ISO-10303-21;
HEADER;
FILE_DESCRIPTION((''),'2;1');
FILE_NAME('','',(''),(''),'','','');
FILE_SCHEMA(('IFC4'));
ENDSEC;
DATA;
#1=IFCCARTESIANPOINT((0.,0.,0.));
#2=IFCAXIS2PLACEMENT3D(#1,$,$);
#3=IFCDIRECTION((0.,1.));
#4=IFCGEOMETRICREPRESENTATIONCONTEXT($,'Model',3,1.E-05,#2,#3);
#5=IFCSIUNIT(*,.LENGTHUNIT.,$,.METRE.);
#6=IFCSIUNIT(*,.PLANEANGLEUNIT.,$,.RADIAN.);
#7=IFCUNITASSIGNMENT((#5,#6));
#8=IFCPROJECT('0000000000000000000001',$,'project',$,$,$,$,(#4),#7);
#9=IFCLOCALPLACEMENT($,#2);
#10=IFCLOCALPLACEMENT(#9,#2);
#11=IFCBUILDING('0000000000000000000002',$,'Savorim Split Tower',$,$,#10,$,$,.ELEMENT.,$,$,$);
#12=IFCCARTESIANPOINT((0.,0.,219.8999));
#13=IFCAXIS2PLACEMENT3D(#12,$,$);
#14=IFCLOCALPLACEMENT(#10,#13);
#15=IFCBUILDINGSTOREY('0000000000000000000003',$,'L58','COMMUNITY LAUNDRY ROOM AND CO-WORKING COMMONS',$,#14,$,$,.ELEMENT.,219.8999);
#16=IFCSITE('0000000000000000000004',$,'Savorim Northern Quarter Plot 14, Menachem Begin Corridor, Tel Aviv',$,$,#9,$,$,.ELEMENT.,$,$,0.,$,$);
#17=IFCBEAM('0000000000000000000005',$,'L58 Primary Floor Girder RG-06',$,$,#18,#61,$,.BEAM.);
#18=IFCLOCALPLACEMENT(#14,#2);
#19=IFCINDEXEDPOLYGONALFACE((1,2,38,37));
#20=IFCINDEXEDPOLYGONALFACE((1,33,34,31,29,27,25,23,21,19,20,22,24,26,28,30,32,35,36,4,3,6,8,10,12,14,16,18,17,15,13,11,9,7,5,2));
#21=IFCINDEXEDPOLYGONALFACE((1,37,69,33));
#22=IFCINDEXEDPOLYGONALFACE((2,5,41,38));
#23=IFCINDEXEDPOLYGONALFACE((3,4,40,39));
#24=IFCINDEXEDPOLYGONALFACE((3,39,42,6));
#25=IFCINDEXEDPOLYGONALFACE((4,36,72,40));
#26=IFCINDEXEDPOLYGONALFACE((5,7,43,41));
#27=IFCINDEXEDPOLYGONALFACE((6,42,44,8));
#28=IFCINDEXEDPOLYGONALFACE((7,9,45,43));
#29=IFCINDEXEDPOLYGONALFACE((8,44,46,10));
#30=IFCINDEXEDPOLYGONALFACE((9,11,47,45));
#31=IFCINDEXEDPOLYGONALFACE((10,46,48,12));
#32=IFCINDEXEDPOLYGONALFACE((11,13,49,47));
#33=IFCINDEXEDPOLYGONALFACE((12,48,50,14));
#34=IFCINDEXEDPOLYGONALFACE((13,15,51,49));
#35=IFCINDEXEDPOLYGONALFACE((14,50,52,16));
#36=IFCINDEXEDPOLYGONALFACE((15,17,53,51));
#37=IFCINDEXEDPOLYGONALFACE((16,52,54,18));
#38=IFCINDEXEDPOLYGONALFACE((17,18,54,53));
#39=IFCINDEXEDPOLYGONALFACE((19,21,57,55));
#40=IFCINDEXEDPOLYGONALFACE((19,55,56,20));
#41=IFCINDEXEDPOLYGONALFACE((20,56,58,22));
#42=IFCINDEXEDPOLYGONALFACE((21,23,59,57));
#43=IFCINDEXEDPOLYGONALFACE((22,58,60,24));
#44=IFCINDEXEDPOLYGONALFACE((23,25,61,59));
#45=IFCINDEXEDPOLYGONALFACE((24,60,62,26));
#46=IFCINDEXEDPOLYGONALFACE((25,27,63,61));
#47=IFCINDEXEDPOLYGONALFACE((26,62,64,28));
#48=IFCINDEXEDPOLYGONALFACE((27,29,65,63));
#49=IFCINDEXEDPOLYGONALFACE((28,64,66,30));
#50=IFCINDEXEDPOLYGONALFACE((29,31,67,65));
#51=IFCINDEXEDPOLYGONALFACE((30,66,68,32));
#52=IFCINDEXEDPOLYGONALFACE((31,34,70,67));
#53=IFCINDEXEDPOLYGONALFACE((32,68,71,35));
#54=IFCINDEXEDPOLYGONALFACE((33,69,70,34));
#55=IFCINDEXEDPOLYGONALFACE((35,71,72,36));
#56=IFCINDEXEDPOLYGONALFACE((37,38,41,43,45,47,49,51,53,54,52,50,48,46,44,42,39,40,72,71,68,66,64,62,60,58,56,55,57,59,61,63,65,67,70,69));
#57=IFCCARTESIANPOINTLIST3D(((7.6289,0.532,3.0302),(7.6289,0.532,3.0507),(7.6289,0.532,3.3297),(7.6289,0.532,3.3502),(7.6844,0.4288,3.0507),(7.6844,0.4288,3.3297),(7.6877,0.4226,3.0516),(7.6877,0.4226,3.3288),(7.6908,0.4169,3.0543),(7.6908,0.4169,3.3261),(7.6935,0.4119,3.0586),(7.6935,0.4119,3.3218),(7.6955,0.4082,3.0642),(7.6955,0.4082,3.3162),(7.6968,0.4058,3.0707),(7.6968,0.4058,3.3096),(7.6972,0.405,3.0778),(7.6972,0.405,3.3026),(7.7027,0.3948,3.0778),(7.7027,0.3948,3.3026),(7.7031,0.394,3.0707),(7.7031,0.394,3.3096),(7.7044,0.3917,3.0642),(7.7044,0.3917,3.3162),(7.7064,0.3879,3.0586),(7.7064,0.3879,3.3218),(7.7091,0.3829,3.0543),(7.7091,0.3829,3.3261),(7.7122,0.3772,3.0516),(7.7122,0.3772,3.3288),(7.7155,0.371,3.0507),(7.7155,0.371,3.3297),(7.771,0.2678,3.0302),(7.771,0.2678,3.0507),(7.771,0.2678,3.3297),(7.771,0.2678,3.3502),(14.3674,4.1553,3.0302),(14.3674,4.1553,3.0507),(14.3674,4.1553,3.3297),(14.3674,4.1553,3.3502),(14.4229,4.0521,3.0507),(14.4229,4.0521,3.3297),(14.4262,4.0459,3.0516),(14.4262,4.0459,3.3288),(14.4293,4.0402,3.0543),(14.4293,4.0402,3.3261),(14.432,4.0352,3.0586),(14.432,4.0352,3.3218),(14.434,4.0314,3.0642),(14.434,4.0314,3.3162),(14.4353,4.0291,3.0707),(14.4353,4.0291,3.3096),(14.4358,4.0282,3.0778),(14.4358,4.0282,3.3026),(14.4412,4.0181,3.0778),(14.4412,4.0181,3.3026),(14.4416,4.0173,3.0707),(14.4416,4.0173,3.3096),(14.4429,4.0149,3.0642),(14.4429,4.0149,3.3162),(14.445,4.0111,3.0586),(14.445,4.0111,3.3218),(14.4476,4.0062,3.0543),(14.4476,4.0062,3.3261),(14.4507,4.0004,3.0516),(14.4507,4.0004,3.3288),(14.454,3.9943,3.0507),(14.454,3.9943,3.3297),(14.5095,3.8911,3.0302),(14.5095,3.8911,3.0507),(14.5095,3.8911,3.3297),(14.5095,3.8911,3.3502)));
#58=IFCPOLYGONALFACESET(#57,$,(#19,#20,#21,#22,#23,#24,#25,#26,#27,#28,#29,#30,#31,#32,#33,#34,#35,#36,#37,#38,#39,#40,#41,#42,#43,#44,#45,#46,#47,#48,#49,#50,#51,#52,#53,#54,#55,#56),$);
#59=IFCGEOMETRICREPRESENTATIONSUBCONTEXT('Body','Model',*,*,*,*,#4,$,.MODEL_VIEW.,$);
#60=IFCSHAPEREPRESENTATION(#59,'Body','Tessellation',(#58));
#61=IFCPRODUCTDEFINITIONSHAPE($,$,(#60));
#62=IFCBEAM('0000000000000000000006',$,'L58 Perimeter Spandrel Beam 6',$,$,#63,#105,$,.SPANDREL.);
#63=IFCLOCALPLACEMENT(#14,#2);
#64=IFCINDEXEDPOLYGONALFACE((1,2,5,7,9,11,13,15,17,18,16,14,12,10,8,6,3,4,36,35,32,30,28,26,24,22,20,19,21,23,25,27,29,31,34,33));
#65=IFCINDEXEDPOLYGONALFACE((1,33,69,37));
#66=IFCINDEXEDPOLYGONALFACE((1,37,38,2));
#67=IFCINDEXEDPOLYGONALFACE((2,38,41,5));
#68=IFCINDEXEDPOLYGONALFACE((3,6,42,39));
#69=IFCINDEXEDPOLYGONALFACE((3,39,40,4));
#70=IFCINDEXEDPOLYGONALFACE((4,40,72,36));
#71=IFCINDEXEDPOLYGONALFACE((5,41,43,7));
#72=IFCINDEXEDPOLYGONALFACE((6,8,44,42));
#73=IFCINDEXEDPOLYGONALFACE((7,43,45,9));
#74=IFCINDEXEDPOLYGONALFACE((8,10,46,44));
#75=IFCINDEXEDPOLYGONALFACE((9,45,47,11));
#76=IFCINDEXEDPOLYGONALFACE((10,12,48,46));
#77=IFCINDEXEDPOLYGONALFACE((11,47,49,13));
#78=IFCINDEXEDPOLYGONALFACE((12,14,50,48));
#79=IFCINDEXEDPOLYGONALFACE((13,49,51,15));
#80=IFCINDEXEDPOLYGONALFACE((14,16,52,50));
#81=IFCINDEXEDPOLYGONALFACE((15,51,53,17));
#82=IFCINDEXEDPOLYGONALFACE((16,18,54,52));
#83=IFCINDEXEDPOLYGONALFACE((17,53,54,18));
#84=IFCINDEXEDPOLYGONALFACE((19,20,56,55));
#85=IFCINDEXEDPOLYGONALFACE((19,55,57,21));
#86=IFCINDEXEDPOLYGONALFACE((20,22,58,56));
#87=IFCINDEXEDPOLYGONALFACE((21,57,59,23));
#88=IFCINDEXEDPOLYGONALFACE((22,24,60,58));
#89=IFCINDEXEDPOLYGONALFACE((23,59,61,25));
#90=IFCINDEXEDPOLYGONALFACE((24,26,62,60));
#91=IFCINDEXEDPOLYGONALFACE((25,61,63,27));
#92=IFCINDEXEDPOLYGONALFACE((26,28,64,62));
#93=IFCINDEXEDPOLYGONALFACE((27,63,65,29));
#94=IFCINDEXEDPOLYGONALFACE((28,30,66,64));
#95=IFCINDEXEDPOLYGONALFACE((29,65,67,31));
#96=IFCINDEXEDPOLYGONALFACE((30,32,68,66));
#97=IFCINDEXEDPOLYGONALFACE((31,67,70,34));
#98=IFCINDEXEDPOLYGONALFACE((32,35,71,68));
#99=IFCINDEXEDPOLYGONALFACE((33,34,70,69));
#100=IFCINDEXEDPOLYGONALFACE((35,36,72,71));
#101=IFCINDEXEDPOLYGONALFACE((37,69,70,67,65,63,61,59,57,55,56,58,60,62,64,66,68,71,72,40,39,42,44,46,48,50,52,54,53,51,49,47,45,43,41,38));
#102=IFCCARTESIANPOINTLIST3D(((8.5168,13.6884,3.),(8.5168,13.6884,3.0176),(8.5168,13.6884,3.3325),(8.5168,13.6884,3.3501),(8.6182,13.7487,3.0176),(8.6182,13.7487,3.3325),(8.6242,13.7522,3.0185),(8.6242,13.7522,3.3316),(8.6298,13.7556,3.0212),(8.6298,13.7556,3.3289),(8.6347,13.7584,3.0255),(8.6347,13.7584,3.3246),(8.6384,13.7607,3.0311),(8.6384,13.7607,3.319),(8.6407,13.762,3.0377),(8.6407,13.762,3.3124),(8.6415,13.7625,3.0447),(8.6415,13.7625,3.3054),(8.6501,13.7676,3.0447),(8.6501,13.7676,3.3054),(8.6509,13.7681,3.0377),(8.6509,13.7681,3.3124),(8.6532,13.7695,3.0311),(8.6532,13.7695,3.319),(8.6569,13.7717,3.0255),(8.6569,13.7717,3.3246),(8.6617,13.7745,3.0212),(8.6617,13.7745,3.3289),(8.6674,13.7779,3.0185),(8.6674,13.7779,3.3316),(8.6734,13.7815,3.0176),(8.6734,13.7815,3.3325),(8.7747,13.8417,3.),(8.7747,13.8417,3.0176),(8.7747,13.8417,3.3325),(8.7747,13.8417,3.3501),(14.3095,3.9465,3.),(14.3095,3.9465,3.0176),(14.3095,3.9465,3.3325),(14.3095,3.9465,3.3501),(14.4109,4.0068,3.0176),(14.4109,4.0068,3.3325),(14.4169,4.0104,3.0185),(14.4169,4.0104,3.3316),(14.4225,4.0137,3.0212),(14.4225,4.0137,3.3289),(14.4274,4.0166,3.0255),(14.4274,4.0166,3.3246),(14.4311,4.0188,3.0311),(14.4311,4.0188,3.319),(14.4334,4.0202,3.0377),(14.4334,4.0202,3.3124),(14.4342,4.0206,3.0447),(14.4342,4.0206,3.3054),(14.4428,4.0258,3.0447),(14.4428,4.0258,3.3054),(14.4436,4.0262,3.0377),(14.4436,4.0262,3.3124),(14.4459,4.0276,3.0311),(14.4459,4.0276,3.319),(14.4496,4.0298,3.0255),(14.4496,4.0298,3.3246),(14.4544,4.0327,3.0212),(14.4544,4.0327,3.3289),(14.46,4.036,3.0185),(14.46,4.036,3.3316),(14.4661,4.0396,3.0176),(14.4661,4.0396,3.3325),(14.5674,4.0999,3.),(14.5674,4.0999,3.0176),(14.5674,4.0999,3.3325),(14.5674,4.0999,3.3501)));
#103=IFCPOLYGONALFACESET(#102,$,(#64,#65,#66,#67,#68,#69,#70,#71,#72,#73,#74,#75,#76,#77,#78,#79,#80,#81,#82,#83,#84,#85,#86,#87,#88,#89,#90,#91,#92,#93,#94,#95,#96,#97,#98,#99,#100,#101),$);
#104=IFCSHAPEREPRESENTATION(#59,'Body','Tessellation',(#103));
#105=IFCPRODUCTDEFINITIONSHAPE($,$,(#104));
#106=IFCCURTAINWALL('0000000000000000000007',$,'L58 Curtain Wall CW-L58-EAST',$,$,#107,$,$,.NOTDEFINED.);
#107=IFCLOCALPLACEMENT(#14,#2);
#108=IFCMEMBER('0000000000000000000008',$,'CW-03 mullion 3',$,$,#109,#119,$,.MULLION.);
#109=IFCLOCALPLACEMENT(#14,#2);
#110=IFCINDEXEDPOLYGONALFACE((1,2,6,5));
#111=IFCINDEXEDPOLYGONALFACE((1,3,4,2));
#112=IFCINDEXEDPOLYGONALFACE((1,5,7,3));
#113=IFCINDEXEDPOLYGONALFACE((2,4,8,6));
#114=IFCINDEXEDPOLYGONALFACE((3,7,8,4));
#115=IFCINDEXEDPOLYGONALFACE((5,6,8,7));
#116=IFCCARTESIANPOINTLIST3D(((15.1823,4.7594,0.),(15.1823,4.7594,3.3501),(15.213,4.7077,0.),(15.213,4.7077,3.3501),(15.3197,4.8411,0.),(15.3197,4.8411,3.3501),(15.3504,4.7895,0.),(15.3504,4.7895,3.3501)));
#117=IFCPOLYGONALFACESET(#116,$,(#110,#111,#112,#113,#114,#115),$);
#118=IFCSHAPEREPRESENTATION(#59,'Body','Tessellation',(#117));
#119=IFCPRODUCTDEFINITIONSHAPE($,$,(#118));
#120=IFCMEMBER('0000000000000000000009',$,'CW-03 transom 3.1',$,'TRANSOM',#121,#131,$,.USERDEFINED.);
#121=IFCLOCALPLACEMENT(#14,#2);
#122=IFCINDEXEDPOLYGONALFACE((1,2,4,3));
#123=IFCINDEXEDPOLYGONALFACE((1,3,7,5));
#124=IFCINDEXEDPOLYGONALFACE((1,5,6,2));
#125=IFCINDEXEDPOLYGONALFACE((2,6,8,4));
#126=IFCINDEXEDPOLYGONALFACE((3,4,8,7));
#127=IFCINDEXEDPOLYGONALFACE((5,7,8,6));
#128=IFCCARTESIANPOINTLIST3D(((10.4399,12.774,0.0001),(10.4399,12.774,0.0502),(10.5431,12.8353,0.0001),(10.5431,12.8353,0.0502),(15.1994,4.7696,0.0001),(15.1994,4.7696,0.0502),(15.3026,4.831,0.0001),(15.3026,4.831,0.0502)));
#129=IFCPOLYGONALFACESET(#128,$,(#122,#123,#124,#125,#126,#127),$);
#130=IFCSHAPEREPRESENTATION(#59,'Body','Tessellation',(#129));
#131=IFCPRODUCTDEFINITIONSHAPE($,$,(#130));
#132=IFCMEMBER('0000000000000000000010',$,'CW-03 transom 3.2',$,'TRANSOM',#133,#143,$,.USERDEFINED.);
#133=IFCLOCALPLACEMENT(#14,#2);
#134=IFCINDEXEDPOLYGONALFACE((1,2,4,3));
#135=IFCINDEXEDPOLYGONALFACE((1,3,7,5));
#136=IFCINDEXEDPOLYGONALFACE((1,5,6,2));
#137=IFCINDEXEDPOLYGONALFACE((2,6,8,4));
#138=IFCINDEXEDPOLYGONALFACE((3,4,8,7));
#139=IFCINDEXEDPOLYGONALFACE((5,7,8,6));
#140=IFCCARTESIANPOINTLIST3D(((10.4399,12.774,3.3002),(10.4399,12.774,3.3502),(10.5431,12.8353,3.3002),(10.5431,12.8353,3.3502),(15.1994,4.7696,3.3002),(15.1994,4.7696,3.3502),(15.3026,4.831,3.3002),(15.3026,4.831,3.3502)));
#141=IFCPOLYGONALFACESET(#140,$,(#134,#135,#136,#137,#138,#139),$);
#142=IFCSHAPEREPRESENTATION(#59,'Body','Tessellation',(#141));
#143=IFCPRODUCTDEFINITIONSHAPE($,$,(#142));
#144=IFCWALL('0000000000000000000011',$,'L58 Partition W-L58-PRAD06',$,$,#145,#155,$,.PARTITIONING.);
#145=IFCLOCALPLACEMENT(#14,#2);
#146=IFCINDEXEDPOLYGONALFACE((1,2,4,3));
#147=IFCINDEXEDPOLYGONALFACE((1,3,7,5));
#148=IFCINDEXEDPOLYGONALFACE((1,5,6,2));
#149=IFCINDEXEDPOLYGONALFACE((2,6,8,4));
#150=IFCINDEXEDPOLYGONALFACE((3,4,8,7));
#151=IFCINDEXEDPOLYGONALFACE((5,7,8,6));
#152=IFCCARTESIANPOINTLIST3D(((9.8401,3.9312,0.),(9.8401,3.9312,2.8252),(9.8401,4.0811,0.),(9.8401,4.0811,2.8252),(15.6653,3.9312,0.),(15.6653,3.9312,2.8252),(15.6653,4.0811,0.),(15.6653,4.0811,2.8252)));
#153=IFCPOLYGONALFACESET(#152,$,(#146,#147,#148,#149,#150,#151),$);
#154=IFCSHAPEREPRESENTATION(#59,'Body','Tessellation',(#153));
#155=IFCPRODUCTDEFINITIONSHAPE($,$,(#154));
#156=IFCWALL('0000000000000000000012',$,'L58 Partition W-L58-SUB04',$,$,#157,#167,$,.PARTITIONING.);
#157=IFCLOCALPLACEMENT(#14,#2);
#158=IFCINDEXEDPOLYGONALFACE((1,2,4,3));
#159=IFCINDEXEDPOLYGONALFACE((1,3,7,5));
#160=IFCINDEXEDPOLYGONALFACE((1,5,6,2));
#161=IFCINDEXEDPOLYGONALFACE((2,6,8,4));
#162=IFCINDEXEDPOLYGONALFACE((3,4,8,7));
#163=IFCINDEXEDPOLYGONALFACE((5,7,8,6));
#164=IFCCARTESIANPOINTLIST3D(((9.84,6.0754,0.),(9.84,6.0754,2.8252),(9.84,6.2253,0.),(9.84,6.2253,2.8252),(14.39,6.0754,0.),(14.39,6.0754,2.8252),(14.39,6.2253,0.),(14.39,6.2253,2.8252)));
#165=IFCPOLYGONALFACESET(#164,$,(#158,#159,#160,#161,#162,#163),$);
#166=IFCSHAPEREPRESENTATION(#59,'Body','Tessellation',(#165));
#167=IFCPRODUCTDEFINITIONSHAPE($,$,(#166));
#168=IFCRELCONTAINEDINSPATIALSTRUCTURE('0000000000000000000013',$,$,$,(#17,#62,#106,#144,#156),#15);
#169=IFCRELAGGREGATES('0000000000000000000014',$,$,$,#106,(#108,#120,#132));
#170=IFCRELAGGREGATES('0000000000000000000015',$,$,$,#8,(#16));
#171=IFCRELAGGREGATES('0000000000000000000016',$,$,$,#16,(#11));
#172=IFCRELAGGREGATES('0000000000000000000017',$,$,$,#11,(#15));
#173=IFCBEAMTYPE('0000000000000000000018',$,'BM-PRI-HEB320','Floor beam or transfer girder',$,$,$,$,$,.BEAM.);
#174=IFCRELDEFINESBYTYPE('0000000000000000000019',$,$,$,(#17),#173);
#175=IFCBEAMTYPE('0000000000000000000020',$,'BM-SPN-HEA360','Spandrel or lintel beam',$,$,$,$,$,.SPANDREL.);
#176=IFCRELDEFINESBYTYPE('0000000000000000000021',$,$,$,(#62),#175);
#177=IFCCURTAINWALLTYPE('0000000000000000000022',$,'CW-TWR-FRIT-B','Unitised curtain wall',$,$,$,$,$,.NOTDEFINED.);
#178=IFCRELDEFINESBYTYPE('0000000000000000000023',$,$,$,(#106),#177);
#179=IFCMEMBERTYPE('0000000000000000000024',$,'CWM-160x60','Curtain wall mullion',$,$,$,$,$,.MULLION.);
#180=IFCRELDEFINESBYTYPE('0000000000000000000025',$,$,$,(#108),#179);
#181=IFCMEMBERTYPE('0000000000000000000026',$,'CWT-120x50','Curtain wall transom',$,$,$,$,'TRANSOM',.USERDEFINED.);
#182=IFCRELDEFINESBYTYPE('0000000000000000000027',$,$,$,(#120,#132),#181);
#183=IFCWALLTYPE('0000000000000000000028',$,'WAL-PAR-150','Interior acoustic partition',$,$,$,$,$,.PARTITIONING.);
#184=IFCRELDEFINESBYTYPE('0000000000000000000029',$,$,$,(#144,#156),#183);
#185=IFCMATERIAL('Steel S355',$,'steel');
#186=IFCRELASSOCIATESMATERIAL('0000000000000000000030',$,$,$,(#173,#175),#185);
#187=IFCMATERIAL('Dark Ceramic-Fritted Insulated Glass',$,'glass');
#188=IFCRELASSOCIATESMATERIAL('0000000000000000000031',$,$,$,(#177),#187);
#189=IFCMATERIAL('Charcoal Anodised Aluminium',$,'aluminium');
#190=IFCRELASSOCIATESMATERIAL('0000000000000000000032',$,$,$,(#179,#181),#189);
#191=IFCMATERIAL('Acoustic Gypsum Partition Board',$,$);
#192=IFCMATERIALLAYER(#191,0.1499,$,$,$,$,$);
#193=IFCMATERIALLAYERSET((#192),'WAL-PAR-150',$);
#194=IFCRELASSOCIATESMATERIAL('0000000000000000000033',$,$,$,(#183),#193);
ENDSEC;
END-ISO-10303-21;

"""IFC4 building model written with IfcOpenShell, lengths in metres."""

from ifc_helpers import new_model, si_unit, direction, frame, frame_2d, origin, origin_2d, place, context, subcontext, project, spatial, rectangle, i_section, extrude, material, layer, layer_set, material_profile, profile_set, type_object, element, aggregate, save


model = new_model("IFC4")

# Units and contexts
model_context = context("Model", 3, precision=1e-05, world=origin(), true_north=direction((0.0, 1.0)))
body_context = subcontext(model_context, "Body", "Model", "MODEL_VIEW")
ifc_project = project(units=[si_unit("LENGTHUNIT", "METRE"), si_unit("PLANEANGLEUNIT", "RADIAN")], contexts=[model_context])

# Site, building, storey
site_placement = place(None, origin())
site = spatial("IfcSite", under=ifc_project, at=site_placement, Name="Savorim Northern Quarter Plot 14, Menachem Begin Corridor, Tel Aviv", CompositionType="ELEMENT", RefElevation=0.0)
building_placement = place(site_placement, origin())
building = spatial("IfcBuilding", under=site, at=building_placement, Name="Savorim Split Tower", CompositionType="ELEMENT")
storey_placement = place(building_placement, frame((0.0, 0.0, 219.8999)))
storey = spatial("IfcBuildingStorey", under=building, at=storey_placement, Name="L58", Description="COMMUNITY LAUNDRY ROOM AND CO-WORKING COMMONS", CompositionType="ELEMENT", Elevation=219.8999)

# Beams
ifc_material_1 = material(Name="Steel S355", Category="steel")
ifc_material_profile_1 = material_profile(ifc_material_1, i_section(OverallWidth=0.3, OverallDepth=0.3201, WebThickness=0.0115, FlangeThickness=0.0205, FilletRadius=0.0271, at=origin_2d()), Name="HEB 320")
ifc_profile_set_1 = profile_set([ifc_material_profile_1], Name="Steel S355")
beam_type_1 = type_object("IfcBeamType", Name="BM-PRI-HEB320", Description="Floor beam or transfer girder", PredefinedType="BEAM", material=ifc_profile_set_1)
beam_1_placement = place(storey_placement, frame((14.4385, 4.0232, 3.1902), z_axis=(-0.880752, -0.473578, 0.0), x_axis=(0.473578, -0.880752, 0.0)))
element("IfcBeam", 1, at=beam_1_placement, inside=storey, type_object=beam_type_1, Name="L58 Primary Floor Girder RG-06", PredefinedType="BEAM", context=body_context, shape_type="SweptSolid", body=[
    extrude(i_section(OverallWidth=0.3, OverallDepth=0.3201, WebThickness=0.0115, FlangeThickness=0.0205, FilletRadius=0.0271, at=origin_2d()), origin(), (0.0, 0.0, 1.0), 7.6509),
])
ifc_material_profile_2 = material_profile(ifc_material_1, i_section(OverallWidth=0.3, OverallDepth=0.3501, WebThickness=0.01, FlangeThickness=0.0176, FilletRadius=0.0271, at=origin_2d()), Name="HEA 360")
ifc_profile_set_2 = profile_set([ifc_material_profile_2], Name="Steel S355")
beam_type_2 = type_object("IfcBeamType", Name="BM-SPN-HEA360", Description="Spandrel or lintel beam", PredefinedType="SPANDREL", material=ifc_profile_set_2)
beam_2_placement = place(storey_placement, frame((14.4385, 4.0232, 3.175), z_axis=(-0.51109, 0.859527, 0.0), x_axis=(-0.859527, -0.51109, 0.0)))
element("IfcBeam", 2, at=beam_2_placement, inside=storey, type_object=beam_type_2, Name="L58 Perimeter Spandrel Beam 6", PredefinedType="SPANDREL", context=body_context, shape_type="SweptSolid", body=[
    extrude(i_section(OverallWidth=0.3, OverallDepth=0.3501, WebThickness=0.01, FlangeThickness=0.0176, FilletRadius=0.0271, at=origin_2d()), origin(), (0.0, 0.0, 1.0), 11.334),
])

# Curtain wall, members
ifc_material_2 = material(Name="Dark Ceramic-Fritted Insulated Glass", Category="glass")
curtain_wall_type = type_object("IfcCurtainWallType", Name="CW-TWR-FRIT-B", Description="Unitised curtain wall", PredefinedType="NOTDEFINED", material=ifc_material_2)
curtain_wall_placement = place(storey_placement, origin())
curtain_wall = element("IfcCurtainWall", 3, at=curtain_wall_placement, inside=storey, type_object=curtain_wall_type, Name="L58 Curtain Wall CW-L58-EAST", PredefinedType="NOTDEFINED")
ifc_material_3 = material(Name="Charcoal Anodised Aluminium", Category="aluminium")
ifc_material_profile_3 = material_profile(ifc_material_3, rectangle(XDim=0.1599, YDim=0.0601, at=origin_2d()), Name="ALU-M 160x60")
ifc_profile_set_3 = profile_set([ifc_material_profile_3], Name="Charcoal Anodised Aluminium")
member_type_1 = type_object("IfcMemberType", Name="CWM-160x60", Description="Curtain wall mullion", PredefinedType="MULLION", material=ifc_profile_set_3)
member_1_placement = place(storey_placement, frame((15.2664, 4.7744, 0.0), z_axis=(0.0, 0.0, 1.0), x_axis=(-0.859524, -0.511096, 0.0)))
member_1 = element("IfcMember", 4, at=member_1_placement, type_object=member_type_1, Name="CW-03 mullion 3", PredefinedType="MULLION", context=body_context, shape_type="SweptSolid", body=[
    extrude(rectangle(XDim=0.1599, YDim=0.0601, at=origin_2d()), origin(), (0.0, 0.0, 1.0), 3.3501),
])
ifc_material_profile_4 = material_profile(ifc_material_3, rectangle(XDim=0.1201, YDim=0.05, at=origin_2d()), Name="ALU-T 120x50")
ifc_profile_set_4 = profile_set([ifc_material_profile_4], Name="Charcoal Anodised Aluminium")
member_type_2 = type_object("IfcMemberType", Name="CWT-120x50", Description="Curtain wall transom", ElementType="TRANSOM", PredefinedType="USERDEFINED", material=ifc_profile_set_4)
member_2_placement = place(storey_placement, frame((15.251, 4.8003, 0.0251), z_axis=(-0.511087, 0.859529, 0.0), x_axis=(-0.859529, -0.511087, 0.0)))
member_2 = element("IfcMember", 5, at=member_2_placement, type_object=member_type_2, Name="CW-03 transom 3.1", ObjectType="TRANSOM", PredefinedType="USERDEFINED", context=body_context, shape_type="SweptSolid", body=[
    extrude(rectangle(XDim=0.1201, YDim=0.05, at=origin_2d()), origin(), (0.0, 0.0, 1.0), 9.3125),
])
member_3_placement = place(storey_placement, frame((15.251, 4.8003, 3.3252), z_axis=(-0.511087, 0.859529, 0.0), x_axis=(-0.859529, -0.511087, 0.0)))
member_3 = element("IfcMember", 6, at=member_3_placement, type_object=member_type_2, Name="CW-03 transom 3.2", ObjectType="TRANSOM", PredefinedType="USERDEFINED", context=body_context, shape_type="SweptSolid", body=[
    extrude(rectangle(XDim=0.1201, YDim=0.05, at=origin_2d()), origin(), (0.0, 0.0, 1.0), 9.3125),
])
aggregate(curtain_wall, [member_1, member_2, member_3])

# Walls
ifc_material_4 = material(Name="Acoustic Gypsum Partition Board")
ifc_layer = layer(ifc_material_4, 0.1499)
ifc_layer_set = layer_set([ifc_layer], Name="WAL-PAR-150")
wall_type = type_object("IfcWallType", Name="WAL-PAR-150", Description="Interior acoustic partition", PredefinedType="PARTITIONING", material=ifc_layer_set)
wall_1_placement = place(storey_placement, frame((9.8401, 4.0061, 0.0), z_axis=(0.0, 0.0, 1.0), x_axis=(1.0, 0.0, 0.0)))
element("IfcWall", 7, at=wall_1_placement, inside=storey, type_object=wall_type, Name="L58 Partition W-L58-PRAD06", PredefinedType="PARTITIONING", context=body_context, shape_type="SweptSolid", body=[
    extrude(rectangle(XDim=5.8252, YDim=0.1499, at=frame_2d((2.9126, 0.0))), origin(), (0.0, 0.0, 1.0), 2.8252),
])
wall_2_placement = place(storey_placement, frame((9.8401, 6.1504, 0.0), z_axis=(0.0, 0.0, 1.0), x_axis=(1.0, 0.0, 0.0)))
element("IfcWall", 8, at=wall_2_placement, inside=storey, type_object=wall_type, Name="L58 Partition W-L58-SUB04", PredefinedType="PARTITIONING", context=body_context, shape_type="SweptSolid", body=[
    extrude(rectangle(XDim=4.55, YDim=0.1499, at=frame_2d((2.2749, 0.0))), origin(), (0.0, 0.0, 1.0), 2.8252),
])

save(model, "model.ifc")
